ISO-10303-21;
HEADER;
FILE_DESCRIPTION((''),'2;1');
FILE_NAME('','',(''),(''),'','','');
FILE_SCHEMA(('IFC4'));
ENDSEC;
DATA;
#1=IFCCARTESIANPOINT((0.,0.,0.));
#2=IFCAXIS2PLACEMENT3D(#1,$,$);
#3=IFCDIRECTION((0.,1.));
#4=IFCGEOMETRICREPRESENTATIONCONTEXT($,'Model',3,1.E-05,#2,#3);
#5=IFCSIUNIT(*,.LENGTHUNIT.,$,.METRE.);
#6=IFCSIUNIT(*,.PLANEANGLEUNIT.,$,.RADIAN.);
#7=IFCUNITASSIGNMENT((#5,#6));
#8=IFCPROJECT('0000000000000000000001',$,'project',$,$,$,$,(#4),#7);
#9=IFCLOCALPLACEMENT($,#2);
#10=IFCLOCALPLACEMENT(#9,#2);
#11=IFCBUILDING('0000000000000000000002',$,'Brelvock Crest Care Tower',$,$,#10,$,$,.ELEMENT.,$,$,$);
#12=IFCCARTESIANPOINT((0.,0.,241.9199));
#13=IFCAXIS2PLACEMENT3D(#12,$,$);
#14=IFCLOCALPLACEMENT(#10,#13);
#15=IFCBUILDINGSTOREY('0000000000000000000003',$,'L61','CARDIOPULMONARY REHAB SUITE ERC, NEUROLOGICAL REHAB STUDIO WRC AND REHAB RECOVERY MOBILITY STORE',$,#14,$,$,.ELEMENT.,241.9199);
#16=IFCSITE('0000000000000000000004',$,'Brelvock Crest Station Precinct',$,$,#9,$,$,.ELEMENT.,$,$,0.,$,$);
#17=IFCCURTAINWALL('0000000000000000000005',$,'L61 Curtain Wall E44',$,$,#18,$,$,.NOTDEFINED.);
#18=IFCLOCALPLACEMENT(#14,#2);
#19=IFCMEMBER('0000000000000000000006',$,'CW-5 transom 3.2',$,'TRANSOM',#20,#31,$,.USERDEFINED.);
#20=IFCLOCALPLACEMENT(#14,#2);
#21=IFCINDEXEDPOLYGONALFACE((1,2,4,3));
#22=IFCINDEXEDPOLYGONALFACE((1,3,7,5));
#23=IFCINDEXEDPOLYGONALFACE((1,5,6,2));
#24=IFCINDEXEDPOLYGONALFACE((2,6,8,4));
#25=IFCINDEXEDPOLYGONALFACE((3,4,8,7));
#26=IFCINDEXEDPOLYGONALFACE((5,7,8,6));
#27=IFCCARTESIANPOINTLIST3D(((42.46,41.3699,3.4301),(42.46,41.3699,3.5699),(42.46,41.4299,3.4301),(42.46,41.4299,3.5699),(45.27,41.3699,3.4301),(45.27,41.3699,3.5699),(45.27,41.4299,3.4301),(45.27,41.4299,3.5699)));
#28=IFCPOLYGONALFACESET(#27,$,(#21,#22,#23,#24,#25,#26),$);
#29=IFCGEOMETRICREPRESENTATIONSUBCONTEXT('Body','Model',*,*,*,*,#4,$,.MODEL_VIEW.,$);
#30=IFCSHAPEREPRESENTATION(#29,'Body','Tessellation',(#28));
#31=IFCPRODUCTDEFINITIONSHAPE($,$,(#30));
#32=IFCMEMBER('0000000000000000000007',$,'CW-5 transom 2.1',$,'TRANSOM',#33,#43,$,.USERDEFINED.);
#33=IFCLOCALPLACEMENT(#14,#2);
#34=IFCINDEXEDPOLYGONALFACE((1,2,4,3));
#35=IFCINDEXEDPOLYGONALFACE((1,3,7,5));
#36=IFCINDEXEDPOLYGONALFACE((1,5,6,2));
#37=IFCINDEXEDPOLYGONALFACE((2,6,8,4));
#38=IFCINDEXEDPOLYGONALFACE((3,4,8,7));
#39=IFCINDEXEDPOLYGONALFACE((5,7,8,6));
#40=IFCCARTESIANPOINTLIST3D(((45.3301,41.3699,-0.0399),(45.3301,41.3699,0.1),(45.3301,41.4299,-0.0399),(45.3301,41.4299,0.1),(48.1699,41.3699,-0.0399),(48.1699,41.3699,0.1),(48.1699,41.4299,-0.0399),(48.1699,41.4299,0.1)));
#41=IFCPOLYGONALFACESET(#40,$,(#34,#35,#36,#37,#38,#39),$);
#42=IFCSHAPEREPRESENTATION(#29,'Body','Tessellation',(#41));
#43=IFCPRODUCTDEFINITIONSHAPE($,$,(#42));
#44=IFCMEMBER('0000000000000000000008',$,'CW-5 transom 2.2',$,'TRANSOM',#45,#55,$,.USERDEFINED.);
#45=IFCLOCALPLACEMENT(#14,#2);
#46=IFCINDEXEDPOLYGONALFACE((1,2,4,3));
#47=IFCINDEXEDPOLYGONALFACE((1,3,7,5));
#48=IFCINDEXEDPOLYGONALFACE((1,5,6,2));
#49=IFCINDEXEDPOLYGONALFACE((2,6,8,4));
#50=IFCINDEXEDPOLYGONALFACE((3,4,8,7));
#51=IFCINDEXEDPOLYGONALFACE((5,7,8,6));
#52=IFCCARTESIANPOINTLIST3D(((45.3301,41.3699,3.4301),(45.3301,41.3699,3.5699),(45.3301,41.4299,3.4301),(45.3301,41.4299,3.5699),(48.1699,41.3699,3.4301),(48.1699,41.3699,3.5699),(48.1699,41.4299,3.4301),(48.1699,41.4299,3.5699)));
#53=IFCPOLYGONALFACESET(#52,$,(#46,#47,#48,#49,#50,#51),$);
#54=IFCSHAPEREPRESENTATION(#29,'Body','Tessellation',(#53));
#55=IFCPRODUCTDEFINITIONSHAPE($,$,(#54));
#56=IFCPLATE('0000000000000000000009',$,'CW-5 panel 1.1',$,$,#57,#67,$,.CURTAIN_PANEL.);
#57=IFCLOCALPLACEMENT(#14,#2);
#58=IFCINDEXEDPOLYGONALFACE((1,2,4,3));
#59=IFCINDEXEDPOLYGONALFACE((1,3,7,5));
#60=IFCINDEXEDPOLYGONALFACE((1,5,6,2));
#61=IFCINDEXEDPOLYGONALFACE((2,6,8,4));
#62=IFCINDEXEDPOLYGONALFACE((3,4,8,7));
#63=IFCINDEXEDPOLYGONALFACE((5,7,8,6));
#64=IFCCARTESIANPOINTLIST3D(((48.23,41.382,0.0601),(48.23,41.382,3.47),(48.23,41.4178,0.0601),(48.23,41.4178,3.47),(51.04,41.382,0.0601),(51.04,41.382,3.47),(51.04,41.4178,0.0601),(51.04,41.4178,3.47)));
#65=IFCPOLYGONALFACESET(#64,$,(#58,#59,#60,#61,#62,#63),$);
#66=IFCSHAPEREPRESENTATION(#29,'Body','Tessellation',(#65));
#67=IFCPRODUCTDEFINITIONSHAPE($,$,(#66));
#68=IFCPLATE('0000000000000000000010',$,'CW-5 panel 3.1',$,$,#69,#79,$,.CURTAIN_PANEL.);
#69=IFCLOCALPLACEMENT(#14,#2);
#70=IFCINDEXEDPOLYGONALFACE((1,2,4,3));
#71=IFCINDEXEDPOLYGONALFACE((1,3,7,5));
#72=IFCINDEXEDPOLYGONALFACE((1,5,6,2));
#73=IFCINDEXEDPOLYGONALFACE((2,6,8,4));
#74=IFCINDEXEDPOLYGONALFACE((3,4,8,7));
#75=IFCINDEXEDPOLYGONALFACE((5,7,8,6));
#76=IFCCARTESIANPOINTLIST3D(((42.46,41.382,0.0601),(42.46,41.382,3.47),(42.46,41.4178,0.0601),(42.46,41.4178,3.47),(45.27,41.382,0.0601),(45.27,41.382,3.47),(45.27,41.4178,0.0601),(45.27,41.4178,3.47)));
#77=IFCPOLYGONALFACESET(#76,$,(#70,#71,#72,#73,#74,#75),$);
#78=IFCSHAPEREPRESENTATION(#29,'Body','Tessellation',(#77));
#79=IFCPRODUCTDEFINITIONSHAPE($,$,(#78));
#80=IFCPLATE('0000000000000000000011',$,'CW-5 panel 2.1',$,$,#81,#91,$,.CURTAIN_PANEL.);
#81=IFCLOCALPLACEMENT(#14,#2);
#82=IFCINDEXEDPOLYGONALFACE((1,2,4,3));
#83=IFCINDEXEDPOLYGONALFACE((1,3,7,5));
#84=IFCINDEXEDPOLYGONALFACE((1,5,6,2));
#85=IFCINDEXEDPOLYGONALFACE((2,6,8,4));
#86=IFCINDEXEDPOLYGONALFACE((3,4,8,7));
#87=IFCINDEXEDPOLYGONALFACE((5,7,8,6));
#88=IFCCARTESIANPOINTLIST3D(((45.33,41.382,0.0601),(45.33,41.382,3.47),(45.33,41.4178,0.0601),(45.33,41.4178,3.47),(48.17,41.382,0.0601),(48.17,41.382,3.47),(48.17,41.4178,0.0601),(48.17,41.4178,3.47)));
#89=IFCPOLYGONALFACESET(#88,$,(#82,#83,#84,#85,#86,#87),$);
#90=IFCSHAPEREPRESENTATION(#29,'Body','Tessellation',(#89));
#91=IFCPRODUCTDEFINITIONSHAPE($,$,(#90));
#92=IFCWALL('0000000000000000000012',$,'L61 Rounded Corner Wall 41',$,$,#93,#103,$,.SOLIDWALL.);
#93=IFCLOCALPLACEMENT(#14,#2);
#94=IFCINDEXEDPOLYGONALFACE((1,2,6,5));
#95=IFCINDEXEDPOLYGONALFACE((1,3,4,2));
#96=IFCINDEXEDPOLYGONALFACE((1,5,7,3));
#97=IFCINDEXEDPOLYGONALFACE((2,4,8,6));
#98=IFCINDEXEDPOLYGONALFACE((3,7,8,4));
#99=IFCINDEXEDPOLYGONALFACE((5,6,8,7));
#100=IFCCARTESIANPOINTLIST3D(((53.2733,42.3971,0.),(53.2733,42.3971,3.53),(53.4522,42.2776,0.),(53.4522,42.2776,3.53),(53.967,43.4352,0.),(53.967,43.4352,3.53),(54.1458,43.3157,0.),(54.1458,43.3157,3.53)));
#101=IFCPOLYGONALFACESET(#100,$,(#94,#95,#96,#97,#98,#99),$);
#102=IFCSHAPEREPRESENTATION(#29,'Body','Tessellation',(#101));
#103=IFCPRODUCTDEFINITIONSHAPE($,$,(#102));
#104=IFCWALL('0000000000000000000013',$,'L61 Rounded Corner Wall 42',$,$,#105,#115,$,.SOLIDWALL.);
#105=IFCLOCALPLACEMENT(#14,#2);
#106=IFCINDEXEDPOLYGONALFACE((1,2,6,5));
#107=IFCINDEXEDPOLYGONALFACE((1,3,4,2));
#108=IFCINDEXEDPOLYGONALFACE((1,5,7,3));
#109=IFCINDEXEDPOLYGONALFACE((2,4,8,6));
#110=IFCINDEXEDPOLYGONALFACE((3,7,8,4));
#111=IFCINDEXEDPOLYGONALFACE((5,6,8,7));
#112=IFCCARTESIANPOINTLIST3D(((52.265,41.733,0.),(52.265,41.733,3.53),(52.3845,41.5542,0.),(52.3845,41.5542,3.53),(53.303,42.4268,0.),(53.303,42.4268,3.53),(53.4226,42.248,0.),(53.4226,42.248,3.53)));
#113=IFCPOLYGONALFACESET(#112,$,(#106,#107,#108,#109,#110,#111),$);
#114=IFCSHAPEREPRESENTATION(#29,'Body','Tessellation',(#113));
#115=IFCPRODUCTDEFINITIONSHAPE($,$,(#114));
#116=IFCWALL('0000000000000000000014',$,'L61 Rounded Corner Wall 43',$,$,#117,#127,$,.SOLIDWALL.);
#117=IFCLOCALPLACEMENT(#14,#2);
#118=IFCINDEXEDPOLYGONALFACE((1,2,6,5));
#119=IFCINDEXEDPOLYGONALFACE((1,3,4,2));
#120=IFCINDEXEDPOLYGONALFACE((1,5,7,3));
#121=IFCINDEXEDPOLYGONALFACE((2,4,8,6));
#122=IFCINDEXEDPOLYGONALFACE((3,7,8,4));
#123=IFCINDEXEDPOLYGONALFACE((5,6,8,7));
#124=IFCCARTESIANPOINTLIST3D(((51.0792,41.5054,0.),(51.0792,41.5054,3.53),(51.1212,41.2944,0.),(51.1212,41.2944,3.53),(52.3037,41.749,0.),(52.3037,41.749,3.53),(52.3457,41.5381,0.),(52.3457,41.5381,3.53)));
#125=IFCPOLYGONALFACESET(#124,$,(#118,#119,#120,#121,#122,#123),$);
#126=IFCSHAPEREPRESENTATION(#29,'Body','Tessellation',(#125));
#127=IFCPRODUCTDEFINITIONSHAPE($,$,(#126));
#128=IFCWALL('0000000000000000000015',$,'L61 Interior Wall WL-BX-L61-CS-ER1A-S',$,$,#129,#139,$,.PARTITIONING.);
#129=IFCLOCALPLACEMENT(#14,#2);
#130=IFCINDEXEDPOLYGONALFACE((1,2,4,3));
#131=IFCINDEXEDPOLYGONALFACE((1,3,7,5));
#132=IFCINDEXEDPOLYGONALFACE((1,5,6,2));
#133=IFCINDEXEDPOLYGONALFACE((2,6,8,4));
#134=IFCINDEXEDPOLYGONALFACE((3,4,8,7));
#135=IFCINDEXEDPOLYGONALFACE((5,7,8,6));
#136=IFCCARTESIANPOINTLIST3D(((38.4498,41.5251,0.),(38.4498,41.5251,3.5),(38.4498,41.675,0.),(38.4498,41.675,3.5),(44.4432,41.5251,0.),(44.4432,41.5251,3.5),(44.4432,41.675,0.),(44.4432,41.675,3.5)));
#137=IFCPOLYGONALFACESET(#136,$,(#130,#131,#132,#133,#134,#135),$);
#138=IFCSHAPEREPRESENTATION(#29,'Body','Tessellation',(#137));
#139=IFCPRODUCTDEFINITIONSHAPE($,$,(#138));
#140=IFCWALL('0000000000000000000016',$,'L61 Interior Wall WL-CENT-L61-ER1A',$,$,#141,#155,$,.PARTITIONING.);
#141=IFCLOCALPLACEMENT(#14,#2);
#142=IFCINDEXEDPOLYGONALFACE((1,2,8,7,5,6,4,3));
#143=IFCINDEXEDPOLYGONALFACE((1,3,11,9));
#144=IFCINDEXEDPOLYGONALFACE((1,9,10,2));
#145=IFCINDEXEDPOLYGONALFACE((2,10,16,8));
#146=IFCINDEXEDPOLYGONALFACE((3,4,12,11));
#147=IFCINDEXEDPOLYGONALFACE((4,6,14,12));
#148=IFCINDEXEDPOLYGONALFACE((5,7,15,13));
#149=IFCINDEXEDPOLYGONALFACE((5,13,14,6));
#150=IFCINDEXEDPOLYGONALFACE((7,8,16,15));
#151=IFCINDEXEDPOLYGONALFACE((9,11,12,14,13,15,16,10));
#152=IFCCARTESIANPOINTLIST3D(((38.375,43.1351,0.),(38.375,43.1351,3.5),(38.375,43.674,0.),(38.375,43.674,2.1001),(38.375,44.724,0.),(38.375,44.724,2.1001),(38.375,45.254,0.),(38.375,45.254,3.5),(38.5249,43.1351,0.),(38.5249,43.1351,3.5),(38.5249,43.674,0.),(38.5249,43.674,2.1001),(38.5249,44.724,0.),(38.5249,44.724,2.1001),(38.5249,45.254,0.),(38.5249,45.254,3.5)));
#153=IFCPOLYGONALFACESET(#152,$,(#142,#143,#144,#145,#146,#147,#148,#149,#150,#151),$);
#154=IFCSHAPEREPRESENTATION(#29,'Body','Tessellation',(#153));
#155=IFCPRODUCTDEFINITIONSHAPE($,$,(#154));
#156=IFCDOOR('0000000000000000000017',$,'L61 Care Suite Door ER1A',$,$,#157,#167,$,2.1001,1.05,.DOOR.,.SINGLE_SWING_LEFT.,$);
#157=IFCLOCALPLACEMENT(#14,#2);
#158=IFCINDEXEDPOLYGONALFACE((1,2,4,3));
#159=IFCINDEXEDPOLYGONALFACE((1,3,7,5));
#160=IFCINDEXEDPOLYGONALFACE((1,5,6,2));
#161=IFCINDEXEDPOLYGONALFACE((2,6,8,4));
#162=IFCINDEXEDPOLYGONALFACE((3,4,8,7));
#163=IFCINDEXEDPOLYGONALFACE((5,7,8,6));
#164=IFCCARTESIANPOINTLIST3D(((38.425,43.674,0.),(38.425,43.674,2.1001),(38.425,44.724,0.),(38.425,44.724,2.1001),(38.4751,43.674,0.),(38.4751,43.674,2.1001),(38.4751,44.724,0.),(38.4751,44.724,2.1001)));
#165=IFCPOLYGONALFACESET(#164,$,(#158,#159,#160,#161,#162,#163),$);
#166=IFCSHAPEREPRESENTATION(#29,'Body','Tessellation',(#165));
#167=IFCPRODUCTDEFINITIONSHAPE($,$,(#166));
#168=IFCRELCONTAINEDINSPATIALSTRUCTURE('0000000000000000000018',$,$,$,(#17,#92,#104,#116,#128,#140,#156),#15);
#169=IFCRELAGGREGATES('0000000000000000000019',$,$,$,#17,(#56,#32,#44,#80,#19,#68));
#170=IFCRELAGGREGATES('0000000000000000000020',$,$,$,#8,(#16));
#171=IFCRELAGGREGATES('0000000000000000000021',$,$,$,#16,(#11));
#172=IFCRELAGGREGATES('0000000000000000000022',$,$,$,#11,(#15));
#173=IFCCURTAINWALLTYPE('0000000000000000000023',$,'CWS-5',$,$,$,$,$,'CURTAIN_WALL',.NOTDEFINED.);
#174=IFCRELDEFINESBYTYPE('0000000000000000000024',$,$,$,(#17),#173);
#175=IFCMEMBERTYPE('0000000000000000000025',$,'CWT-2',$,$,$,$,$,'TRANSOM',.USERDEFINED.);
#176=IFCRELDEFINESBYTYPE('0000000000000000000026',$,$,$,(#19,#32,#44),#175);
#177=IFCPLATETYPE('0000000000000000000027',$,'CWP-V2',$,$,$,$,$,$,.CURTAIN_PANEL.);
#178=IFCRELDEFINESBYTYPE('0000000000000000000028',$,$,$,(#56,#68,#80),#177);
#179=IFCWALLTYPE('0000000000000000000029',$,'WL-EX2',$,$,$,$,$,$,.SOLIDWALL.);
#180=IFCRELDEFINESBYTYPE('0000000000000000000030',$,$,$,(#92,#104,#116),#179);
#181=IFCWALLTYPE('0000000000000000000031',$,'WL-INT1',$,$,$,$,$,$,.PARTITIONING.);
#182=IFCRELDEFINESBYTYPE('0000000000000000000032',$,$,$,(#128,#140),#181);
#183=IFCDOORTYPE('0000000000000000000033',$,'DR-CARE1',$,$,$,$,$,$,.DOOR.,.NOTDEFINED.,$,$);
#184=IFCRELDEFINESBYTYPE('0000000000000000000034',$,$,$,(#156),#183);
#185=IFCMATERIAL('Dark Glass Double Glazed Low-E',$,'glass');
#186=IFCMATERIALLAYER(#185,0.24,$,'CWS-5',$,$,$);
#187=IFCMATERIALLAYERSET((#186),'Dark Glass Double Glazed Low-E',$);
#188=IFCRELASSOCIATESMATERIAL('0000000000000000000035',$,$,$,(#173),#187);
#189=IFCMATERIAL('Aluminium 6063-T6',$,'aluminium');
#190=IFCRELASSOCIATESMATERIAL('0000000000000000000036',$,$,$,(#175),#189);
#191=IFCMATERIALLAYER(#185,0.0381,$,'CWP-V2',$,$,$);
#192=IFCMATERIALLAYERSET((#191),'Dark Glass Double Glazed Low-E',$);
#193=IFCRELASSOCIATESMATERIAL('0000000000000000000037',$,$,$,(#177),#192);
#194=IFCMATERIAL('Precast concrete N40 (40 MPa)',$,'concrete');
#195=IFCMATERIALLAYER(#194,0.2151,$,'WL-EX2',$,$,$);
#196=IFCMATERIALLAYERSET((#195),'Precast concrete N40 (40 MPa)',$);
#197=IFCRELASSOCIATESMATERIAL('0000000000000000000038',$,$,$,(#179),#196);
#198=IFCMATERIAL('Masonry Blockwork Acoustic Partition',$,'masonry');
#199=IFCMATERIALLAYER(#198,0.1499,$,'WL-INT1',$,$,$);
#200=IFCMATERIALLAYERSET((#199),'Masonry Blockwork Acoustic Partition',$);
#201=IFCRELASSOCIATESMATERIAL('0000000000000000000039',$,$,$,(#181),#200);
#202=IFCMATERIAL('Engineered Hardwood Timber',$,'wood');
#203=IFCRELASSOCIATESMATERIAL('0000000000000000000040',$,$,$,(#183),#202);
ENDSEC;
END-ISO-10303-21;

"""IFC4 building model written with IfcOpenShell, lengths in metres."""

from ifc_helpers import new_model, si_unit, direction, frame, frame_2d, origin, origin_2d, place, context, subcontext, project, spatial, rectangle, extrude, source, transform, mapped, material, layer, layer_set, material_profile, profile_set, type_object, element, fill, aggregate, save


model = new_model("IFC4")

# Units and contexts
model_context = context("Model", 3, precision=1e-05, world=origin(), true_north=direction((0.0, 1.0)))
body_context = subcontext(model_context, "Body", "Model", "MODEL_VIEW")
ifc_project = project(units=[si_unit("LENGTHUNIT", "METRE"), si_unit("PLANEANGLEUNIT", "RADIAN")], contexts=[model_context])

# Site, building, storey
site_placement = place(None, origin())
site = spatial("IfcSite", under=ifc_project, at=site_placement, Name="Brelvock Crest Station Precinct", CompositionType="ELEMENT", RefElevation=0.0)
building_placement = place(site_placement, origin())
building = spatial("IfcBuilding", under=site, at=building_placement, Name="Brelvock Crest Care Tower", CompositionType="ELEMENT")
storey_placement = place(building_placement, frame((0.0, 0.0, 241.9199)))
storey = spatial("IfcBuildingStorey", under=building, at=storey_placement, Name="L61", Description="CARDIOPULMONARY REHAB SUITE ERC, NEUROLOGICAL REHAB STUDIO WRC AND REHAB RECOVERY MOBILITY STORE", CompositionType="ELEMENT", Elevation=241.9199)

# Curtain wall
ifc_material_1 = material(Name="Dark Glass Double Glazed Low-E", Category="glass")
ifc_layer_1 = layer(ifc_material_1, 0.24, Name="CWS-5")
ifc_layer_set_1 = layer_set([ifc_layer_1], Name="Dark Glass Double Glazed Low-E")
curtain_wall_type = type_object("IfcCurtainWallType", Name="CWS-5", ElementType="CURTAIN_WALL", PredefinedType="NOTDEFINED", material=ifc_layer_set_1)
curtain_wall_1_placement = place(storey_placement, origin())
curtain_wall_1 = element("IfcCurtainWall", 1, at=curtain_wall_1_placement, inside=storey, type_object=curtain_wall_type, Name="L61 Curtain Wall E44", PredefinedType="NOTDEFINED")
ifc_material_2 = material(Name="Aluminium 6063-T6", Category="aluminium")
ifc_material_profile_1 = material_profile(ifc_material_2, rectangle(XDim=0.0601, YDim=0.1399, at=origin_2d()), Name="ALU60x140")
ifc_profile_set_1 = profile_set([ifc_material_profile_1], Name="Aluminium 6063-T6")
member_type_1 = type_object("IfcMemberType", Name="CWT-2", ElementType="TRANSOM", PredefinedType="USERDEFINED", material=ifc_profile_set_1)

# Members
shared_shape_1 = source(origin(), body_context, "Body", "SweptSolid", [
    extrude(rectangle(XDim=0.0601, YDim=0.1399, at=origin_2d()), origin(), (0.0, 0.0, 1.0), 2.8101),
])
member_1_placement = place(storey_placement, frame((45.27, 41.3999, 3.5), z_axis=(-1.0, 0.0, 0.0), x_axis=(0.0, -1.0, 0.0)))
member_1 = element("IfcMember", 2, at=member_1_placement, type_object=member_type_1, Name="CW-5 transom 3.2", ObjectType="TRANSOM", PredefinedType="USERDEFINED", context=body_context, shape_type="MappedRepresentation", body=[
    mapped(shared_shape_1, transform((0.0, 0.0, 0.0), x_axis=(1.0, 0.0, 0.0), y_axis=(0.0, 1.0, 0.0), z_axis=(0.0, 0.0, 1.0), scale=1.0)),
])
shared_shape_2 = source(origin(), body_context, "Body", "SweptSolid", [
    extrude(rectangle(XDim=0.0601, YDim=0.1399, at=origin_2d()), origin(), (0.0, 0.0, 1.0), 2.8398),
])
member_2_placement = place(storey_placement, frame((48.1699, 41.3999, 0.03), z_axis=(-1.0, 0.0, 0.0), x_axis=(0.0, -1.0, 0.0)))
member_2 = element("IfcMember", 3, at=member_2_placement, type_object=member_type_1, Name="CW-5 transom 2.1", ObjectType="TRANSOM", PredefinedType="USERDEFINED", context=body_context, shape_type="MappedRepresentation", body=[
    mapped(shared_shape_2, transform((0.0, 0.0, 0.0), x_axis=(1.0, 0.0, 0.0), y_axis=(0.0, 1.0, 0.0), z_axis=(0.0, 0.0, 1.0), scale=1.0)),
])
member_3_placement = place(storey_placement, frame((48.1699, 41.3999, 3.5), z_axis=(-1.0, 0.0, 0.0), x_axis=(0.0, -1.0, 0.0)))
member_3 = element("IfcMember", 4, at=member_3_placement, type_object=member_type_1, Name="CW-5 transom 2.2", ObjectType="TRANSOM", PredefinedType="USERDEFINED", context=body_context, shape_type="MappedRepresentation", body=[
    mapped(shared_shape_2, transform((0.0, 0.0, 0.0), x_axis=(1.0, 0.0, 0.0), y_axis=(0.0, 1.0, 0.0), z_axis=(0.0, 0.0, 1.0), scale=1.0)),
])

# Plates
ifc_layer_2 = layer(ifc_material_1, 0.0381, Name="CWP-V2")
ifc_layer_set_2 = layer_set([ifc_layer_2], Name="Dark Glass Double Glazed Low-E")
plate_type = type_object("IfcPlateType", Name="CWP-V2", PredefinedType="CURTAIN_PANEL", material=ifc_layer_set_2)
shared_shape_3 = source(origin(), body_context, "Body", "SweptSolid", [
    extrude(rectangle(XDim=2.8101, YDim=0.0359, at=origin_2d()), origin(), (0.0, 0.0, 1.0), 3.4099),
])
plate_1_placement = place(storey_placement, frame((49.635, 41.3999, 0.0601), z_axis=(0.0, 0.0, 1.0), x_axis=(-1.0, 0.0, 0.0)))
plate_1 = element("IfcPlate", 5, at=plate_1_placement, type_object=plate_type, Name="CW-5 panel 1.1", PredefinedType="CURTAIN_PANEL", context=body_context, shape_type="MappedRepresentation", body=[
    mapped(shared_shape_3, transform((0.0, 0.0, 0.0), x_axis=(1.0, 0.0, 0.0), y_axis=(0.0, 1.0, 0.0), z_axis=(0.0, 0.0, 1.0), scale=1.0)),
])
plate_2_placement = place(storey_placement, frame((43.865, 41.3999, 0.0601), z_axis=(0.0, 0.0, 1.0), x_axis=(-1.0, 0.0, 0.0)))
plate_2 = element("IfcPlate", 6, at=plate_2_placement, type_object=plate_type, Name="CW-5 panel 3.1", PredefinedType="CURTAIN_PANEL", context=body_context, shape_type="MappedRepresentation", body=[
    mapped(shared_shape_3, transform((0.0, 0.0, 0.0), x_axis=(1.0, 0.0, 0.0), y_axis=(0.0, 1.0, 0.0), z_axis=(0.0, 0.0, 1.0), scale=1.0)),
])
shared_shape_4 = source(origin(), body_context, "Body", "SweptSolid", [
    extrude(rectangle(XDim=2.8401, YDim=0.0359, at=origin_2d()), origin(), (0.0, 0.0, 1.0), 3.4099),
])
plate_3_placement = place(storey_placement, frame((46.75, 41.3999, 0.0601), z_axis=(0.0, 0.0, 1.0), x_axis=(-1.0, 0.0, 0.0)))
plate_3 = element("IfcPlate", 7, at=plate_3_placement, type_object=plate_type, Name="CW-5 panel 2.1", PredefinedType="CURTAIN_PANEL", context=body_context, shape_type="MappedRepresentation", body=[
    mapped(shared_shape_4, transform((0.0, 0.0, 0.0), x_axis=(1.0, 0.0, 0.0), y_axis=(0.0, 1.0, 0.0), z_axis=(0.0, 0.0, 1.0), scale=1.0)),
])
aggregate(curtain_wall_1, [plate_1, member_2, member_3, plate_3, member_1, plate_2])

# Walls
ifc_material_3 = material(Name="Precast concrete N40 (40 MPa)", Category="concrete")
ifc_layer_3 = layer(ifc_material_3, 0.2151, Name="WL-EX2")
ifc_layer_set_3 = layer_set([ifc_layer_3], Name="Precast concrete N40 (40 MPa)")
wall_type_1 = type_object("IfcWallType", Name="WL-EX2", PredefinedType="SOLIDWALL", material=ifc_layer_set_3)
for number, where, z_axis, x_axis, name in (
    (8, (54.0564, 43.3755, 0.0), (0.0, 0.0, 1.0), (-0.555557, -0.831478, 0.0), "L61 Rounded Corner Wall 41"),
    (9, (53.3628, 42.3374, 0.0), (0.0, 0.0, 1.0), (-0.831388, -0.555692, 0.0), "L61 Rounded Corner Wall 42"),
    (10, (52.3247, 41.6436, 0.0), (0.0, 0.0, 1.0), (-0.980776, -0.195138, 0.0), "L61 Rounded Corner Wall 43"),
):
    element("IfcWall", number, at=place(storey_placement, frame(where, z_axis=z_axis, x_axis=x_axis)), inside=storey, type_object=wall_type_1, Name=name, PredefinedType="SOLIDWALL", context=body_context, shape_type="SweptSolid", body=[
        extrude(rectangle(XDim=1.2485, YDim=0.2151, at=frame_2d((0.6243, 0.0))), origin(), (0.0, 0.0, 1.0), 3.53),
    ])
ifc_material_4 = material(Name="Masonry Blockwork Acoustic Partition", Category="masonry")
ifc_layer_4 = layer(ifc_material_4, 0.1499, Name="WL-INT1")
ifc_layer_set_4 = layer_set([ifc_layer_4], Name="Masonry Blockwork Acoustic Partition")
wall_type_2 = type_object("IfcWallType", Name="WL-INT1", PredefinedType="PARTITIONING", material=ifc_layer_set_4)
wall_1_placement = place(storey_placement, frame((38.45, 41.6001, 0.0), z_axis=(0.0, 0.0, 1.0), x_axis=(1.0, 0.0, 0.0)))
element("IfcWall", 11, at=wall_1_placement, inside=storey, type_object=wall_type_2, Name="L61 Interior Wall WL-BX-L61-CS-ER1A-S", PredefinedType="PARTITIONING", context=body_context, shape_type="SweptSolid", body=[
    extrude(rectangle(XDim=5.9934, YDim=0.1499, at=frame_2d((2.9966, 0.0))), origin(), (0.0, 0.0, 1.0), 3.5),
])

# Wall, opening, door
wall_2_placement = place(storey_placement, frame((38.45, 43.135, 0.0), z_axis=(0.0, 0.0, 1.0), x_axis=(0.0, 1.0, 0.0)))
wall_2 = element("IfcWall", 12, at=wall_2_placement, inside=storey, type_object=wall_type_2, Name="L61 Interior Wall WL-CENT-L61-ER1A", PredefinedType="PARTITIONING", context=body_context, shape_type="SweptSolid", body=[
    extrude(rectangle(XDim=2.1189, YDim=0.1499, at=frame_2d((1.0596, 0.0))), origin(), (0.0, 0.0, 1.0), 3.5),
])
opening_1_placement = place(wall_2_placement, frame((0.5391, 0.0, 0.0)))
opening_1 = element("IfcOpeningElement", 13, at=opening_1_placement, cuts=wall_2, PredefinedType="OPENING", context=body_context, shape_type="SweptSolid", body=[
    extrude(rectangle(XDim=1.05, YDim=2.1001, at=origin_2d()), frame((0.5249, 0.085, 1.05), z_axis=(0.0, -1.0, 0.0), x_axis=(1.0, 0.0, 0.0)), (0.0, 0.0, 1.0), 0.1699),
])
ifc_material_5 = material(Name="Engineered Hardwood Timber", Category="wood")
door_type_1 = type_object("IfcDoorType", Name="DR-CARE1", OperationType="NOTDEFINED", PredefinedType="DOOR", material=ifc_material_5)
shared_shape_5 = source(origin(), body_context, "Body", "SweptSolid", [
    extrude(rectangle(XDim=1.05, YDim=2.1001, at=origin_2d()), frame((0.5249, 0.0249, 1.05), z_axis=(0.0, -1.0, 0.0), x_axis=(1.0, 0.0, 0.0)), (0.0, 0.0, 1.0), 0.05),
])
door_1_placement = place(opening_1_placement, origin())
door_1 = element("IfcDoor", 14, at=door_1_placement, inside=storey, type_object=door_type_1, Name="L61 Care Suite Door ER1A", OperationType="SINGLE_SWING_LEFT", OverallHeight=2.1001, OverallWidth=1.05, PredefinedType="DOOR", context=body_context, shape_type="MappedRepresentation", body=[
    mapped(shared_shape_5, transform((0.0, 0.0, 0.0), x_axis=(1.0, 0.0, 0.0), y_axis=(0.0, 1.0, 0.0), z_axis=(0.0, 0.0, 1.0), scale=1.0)),
])
fill(opening_1, door_1)

save(model, "model.ifc")
